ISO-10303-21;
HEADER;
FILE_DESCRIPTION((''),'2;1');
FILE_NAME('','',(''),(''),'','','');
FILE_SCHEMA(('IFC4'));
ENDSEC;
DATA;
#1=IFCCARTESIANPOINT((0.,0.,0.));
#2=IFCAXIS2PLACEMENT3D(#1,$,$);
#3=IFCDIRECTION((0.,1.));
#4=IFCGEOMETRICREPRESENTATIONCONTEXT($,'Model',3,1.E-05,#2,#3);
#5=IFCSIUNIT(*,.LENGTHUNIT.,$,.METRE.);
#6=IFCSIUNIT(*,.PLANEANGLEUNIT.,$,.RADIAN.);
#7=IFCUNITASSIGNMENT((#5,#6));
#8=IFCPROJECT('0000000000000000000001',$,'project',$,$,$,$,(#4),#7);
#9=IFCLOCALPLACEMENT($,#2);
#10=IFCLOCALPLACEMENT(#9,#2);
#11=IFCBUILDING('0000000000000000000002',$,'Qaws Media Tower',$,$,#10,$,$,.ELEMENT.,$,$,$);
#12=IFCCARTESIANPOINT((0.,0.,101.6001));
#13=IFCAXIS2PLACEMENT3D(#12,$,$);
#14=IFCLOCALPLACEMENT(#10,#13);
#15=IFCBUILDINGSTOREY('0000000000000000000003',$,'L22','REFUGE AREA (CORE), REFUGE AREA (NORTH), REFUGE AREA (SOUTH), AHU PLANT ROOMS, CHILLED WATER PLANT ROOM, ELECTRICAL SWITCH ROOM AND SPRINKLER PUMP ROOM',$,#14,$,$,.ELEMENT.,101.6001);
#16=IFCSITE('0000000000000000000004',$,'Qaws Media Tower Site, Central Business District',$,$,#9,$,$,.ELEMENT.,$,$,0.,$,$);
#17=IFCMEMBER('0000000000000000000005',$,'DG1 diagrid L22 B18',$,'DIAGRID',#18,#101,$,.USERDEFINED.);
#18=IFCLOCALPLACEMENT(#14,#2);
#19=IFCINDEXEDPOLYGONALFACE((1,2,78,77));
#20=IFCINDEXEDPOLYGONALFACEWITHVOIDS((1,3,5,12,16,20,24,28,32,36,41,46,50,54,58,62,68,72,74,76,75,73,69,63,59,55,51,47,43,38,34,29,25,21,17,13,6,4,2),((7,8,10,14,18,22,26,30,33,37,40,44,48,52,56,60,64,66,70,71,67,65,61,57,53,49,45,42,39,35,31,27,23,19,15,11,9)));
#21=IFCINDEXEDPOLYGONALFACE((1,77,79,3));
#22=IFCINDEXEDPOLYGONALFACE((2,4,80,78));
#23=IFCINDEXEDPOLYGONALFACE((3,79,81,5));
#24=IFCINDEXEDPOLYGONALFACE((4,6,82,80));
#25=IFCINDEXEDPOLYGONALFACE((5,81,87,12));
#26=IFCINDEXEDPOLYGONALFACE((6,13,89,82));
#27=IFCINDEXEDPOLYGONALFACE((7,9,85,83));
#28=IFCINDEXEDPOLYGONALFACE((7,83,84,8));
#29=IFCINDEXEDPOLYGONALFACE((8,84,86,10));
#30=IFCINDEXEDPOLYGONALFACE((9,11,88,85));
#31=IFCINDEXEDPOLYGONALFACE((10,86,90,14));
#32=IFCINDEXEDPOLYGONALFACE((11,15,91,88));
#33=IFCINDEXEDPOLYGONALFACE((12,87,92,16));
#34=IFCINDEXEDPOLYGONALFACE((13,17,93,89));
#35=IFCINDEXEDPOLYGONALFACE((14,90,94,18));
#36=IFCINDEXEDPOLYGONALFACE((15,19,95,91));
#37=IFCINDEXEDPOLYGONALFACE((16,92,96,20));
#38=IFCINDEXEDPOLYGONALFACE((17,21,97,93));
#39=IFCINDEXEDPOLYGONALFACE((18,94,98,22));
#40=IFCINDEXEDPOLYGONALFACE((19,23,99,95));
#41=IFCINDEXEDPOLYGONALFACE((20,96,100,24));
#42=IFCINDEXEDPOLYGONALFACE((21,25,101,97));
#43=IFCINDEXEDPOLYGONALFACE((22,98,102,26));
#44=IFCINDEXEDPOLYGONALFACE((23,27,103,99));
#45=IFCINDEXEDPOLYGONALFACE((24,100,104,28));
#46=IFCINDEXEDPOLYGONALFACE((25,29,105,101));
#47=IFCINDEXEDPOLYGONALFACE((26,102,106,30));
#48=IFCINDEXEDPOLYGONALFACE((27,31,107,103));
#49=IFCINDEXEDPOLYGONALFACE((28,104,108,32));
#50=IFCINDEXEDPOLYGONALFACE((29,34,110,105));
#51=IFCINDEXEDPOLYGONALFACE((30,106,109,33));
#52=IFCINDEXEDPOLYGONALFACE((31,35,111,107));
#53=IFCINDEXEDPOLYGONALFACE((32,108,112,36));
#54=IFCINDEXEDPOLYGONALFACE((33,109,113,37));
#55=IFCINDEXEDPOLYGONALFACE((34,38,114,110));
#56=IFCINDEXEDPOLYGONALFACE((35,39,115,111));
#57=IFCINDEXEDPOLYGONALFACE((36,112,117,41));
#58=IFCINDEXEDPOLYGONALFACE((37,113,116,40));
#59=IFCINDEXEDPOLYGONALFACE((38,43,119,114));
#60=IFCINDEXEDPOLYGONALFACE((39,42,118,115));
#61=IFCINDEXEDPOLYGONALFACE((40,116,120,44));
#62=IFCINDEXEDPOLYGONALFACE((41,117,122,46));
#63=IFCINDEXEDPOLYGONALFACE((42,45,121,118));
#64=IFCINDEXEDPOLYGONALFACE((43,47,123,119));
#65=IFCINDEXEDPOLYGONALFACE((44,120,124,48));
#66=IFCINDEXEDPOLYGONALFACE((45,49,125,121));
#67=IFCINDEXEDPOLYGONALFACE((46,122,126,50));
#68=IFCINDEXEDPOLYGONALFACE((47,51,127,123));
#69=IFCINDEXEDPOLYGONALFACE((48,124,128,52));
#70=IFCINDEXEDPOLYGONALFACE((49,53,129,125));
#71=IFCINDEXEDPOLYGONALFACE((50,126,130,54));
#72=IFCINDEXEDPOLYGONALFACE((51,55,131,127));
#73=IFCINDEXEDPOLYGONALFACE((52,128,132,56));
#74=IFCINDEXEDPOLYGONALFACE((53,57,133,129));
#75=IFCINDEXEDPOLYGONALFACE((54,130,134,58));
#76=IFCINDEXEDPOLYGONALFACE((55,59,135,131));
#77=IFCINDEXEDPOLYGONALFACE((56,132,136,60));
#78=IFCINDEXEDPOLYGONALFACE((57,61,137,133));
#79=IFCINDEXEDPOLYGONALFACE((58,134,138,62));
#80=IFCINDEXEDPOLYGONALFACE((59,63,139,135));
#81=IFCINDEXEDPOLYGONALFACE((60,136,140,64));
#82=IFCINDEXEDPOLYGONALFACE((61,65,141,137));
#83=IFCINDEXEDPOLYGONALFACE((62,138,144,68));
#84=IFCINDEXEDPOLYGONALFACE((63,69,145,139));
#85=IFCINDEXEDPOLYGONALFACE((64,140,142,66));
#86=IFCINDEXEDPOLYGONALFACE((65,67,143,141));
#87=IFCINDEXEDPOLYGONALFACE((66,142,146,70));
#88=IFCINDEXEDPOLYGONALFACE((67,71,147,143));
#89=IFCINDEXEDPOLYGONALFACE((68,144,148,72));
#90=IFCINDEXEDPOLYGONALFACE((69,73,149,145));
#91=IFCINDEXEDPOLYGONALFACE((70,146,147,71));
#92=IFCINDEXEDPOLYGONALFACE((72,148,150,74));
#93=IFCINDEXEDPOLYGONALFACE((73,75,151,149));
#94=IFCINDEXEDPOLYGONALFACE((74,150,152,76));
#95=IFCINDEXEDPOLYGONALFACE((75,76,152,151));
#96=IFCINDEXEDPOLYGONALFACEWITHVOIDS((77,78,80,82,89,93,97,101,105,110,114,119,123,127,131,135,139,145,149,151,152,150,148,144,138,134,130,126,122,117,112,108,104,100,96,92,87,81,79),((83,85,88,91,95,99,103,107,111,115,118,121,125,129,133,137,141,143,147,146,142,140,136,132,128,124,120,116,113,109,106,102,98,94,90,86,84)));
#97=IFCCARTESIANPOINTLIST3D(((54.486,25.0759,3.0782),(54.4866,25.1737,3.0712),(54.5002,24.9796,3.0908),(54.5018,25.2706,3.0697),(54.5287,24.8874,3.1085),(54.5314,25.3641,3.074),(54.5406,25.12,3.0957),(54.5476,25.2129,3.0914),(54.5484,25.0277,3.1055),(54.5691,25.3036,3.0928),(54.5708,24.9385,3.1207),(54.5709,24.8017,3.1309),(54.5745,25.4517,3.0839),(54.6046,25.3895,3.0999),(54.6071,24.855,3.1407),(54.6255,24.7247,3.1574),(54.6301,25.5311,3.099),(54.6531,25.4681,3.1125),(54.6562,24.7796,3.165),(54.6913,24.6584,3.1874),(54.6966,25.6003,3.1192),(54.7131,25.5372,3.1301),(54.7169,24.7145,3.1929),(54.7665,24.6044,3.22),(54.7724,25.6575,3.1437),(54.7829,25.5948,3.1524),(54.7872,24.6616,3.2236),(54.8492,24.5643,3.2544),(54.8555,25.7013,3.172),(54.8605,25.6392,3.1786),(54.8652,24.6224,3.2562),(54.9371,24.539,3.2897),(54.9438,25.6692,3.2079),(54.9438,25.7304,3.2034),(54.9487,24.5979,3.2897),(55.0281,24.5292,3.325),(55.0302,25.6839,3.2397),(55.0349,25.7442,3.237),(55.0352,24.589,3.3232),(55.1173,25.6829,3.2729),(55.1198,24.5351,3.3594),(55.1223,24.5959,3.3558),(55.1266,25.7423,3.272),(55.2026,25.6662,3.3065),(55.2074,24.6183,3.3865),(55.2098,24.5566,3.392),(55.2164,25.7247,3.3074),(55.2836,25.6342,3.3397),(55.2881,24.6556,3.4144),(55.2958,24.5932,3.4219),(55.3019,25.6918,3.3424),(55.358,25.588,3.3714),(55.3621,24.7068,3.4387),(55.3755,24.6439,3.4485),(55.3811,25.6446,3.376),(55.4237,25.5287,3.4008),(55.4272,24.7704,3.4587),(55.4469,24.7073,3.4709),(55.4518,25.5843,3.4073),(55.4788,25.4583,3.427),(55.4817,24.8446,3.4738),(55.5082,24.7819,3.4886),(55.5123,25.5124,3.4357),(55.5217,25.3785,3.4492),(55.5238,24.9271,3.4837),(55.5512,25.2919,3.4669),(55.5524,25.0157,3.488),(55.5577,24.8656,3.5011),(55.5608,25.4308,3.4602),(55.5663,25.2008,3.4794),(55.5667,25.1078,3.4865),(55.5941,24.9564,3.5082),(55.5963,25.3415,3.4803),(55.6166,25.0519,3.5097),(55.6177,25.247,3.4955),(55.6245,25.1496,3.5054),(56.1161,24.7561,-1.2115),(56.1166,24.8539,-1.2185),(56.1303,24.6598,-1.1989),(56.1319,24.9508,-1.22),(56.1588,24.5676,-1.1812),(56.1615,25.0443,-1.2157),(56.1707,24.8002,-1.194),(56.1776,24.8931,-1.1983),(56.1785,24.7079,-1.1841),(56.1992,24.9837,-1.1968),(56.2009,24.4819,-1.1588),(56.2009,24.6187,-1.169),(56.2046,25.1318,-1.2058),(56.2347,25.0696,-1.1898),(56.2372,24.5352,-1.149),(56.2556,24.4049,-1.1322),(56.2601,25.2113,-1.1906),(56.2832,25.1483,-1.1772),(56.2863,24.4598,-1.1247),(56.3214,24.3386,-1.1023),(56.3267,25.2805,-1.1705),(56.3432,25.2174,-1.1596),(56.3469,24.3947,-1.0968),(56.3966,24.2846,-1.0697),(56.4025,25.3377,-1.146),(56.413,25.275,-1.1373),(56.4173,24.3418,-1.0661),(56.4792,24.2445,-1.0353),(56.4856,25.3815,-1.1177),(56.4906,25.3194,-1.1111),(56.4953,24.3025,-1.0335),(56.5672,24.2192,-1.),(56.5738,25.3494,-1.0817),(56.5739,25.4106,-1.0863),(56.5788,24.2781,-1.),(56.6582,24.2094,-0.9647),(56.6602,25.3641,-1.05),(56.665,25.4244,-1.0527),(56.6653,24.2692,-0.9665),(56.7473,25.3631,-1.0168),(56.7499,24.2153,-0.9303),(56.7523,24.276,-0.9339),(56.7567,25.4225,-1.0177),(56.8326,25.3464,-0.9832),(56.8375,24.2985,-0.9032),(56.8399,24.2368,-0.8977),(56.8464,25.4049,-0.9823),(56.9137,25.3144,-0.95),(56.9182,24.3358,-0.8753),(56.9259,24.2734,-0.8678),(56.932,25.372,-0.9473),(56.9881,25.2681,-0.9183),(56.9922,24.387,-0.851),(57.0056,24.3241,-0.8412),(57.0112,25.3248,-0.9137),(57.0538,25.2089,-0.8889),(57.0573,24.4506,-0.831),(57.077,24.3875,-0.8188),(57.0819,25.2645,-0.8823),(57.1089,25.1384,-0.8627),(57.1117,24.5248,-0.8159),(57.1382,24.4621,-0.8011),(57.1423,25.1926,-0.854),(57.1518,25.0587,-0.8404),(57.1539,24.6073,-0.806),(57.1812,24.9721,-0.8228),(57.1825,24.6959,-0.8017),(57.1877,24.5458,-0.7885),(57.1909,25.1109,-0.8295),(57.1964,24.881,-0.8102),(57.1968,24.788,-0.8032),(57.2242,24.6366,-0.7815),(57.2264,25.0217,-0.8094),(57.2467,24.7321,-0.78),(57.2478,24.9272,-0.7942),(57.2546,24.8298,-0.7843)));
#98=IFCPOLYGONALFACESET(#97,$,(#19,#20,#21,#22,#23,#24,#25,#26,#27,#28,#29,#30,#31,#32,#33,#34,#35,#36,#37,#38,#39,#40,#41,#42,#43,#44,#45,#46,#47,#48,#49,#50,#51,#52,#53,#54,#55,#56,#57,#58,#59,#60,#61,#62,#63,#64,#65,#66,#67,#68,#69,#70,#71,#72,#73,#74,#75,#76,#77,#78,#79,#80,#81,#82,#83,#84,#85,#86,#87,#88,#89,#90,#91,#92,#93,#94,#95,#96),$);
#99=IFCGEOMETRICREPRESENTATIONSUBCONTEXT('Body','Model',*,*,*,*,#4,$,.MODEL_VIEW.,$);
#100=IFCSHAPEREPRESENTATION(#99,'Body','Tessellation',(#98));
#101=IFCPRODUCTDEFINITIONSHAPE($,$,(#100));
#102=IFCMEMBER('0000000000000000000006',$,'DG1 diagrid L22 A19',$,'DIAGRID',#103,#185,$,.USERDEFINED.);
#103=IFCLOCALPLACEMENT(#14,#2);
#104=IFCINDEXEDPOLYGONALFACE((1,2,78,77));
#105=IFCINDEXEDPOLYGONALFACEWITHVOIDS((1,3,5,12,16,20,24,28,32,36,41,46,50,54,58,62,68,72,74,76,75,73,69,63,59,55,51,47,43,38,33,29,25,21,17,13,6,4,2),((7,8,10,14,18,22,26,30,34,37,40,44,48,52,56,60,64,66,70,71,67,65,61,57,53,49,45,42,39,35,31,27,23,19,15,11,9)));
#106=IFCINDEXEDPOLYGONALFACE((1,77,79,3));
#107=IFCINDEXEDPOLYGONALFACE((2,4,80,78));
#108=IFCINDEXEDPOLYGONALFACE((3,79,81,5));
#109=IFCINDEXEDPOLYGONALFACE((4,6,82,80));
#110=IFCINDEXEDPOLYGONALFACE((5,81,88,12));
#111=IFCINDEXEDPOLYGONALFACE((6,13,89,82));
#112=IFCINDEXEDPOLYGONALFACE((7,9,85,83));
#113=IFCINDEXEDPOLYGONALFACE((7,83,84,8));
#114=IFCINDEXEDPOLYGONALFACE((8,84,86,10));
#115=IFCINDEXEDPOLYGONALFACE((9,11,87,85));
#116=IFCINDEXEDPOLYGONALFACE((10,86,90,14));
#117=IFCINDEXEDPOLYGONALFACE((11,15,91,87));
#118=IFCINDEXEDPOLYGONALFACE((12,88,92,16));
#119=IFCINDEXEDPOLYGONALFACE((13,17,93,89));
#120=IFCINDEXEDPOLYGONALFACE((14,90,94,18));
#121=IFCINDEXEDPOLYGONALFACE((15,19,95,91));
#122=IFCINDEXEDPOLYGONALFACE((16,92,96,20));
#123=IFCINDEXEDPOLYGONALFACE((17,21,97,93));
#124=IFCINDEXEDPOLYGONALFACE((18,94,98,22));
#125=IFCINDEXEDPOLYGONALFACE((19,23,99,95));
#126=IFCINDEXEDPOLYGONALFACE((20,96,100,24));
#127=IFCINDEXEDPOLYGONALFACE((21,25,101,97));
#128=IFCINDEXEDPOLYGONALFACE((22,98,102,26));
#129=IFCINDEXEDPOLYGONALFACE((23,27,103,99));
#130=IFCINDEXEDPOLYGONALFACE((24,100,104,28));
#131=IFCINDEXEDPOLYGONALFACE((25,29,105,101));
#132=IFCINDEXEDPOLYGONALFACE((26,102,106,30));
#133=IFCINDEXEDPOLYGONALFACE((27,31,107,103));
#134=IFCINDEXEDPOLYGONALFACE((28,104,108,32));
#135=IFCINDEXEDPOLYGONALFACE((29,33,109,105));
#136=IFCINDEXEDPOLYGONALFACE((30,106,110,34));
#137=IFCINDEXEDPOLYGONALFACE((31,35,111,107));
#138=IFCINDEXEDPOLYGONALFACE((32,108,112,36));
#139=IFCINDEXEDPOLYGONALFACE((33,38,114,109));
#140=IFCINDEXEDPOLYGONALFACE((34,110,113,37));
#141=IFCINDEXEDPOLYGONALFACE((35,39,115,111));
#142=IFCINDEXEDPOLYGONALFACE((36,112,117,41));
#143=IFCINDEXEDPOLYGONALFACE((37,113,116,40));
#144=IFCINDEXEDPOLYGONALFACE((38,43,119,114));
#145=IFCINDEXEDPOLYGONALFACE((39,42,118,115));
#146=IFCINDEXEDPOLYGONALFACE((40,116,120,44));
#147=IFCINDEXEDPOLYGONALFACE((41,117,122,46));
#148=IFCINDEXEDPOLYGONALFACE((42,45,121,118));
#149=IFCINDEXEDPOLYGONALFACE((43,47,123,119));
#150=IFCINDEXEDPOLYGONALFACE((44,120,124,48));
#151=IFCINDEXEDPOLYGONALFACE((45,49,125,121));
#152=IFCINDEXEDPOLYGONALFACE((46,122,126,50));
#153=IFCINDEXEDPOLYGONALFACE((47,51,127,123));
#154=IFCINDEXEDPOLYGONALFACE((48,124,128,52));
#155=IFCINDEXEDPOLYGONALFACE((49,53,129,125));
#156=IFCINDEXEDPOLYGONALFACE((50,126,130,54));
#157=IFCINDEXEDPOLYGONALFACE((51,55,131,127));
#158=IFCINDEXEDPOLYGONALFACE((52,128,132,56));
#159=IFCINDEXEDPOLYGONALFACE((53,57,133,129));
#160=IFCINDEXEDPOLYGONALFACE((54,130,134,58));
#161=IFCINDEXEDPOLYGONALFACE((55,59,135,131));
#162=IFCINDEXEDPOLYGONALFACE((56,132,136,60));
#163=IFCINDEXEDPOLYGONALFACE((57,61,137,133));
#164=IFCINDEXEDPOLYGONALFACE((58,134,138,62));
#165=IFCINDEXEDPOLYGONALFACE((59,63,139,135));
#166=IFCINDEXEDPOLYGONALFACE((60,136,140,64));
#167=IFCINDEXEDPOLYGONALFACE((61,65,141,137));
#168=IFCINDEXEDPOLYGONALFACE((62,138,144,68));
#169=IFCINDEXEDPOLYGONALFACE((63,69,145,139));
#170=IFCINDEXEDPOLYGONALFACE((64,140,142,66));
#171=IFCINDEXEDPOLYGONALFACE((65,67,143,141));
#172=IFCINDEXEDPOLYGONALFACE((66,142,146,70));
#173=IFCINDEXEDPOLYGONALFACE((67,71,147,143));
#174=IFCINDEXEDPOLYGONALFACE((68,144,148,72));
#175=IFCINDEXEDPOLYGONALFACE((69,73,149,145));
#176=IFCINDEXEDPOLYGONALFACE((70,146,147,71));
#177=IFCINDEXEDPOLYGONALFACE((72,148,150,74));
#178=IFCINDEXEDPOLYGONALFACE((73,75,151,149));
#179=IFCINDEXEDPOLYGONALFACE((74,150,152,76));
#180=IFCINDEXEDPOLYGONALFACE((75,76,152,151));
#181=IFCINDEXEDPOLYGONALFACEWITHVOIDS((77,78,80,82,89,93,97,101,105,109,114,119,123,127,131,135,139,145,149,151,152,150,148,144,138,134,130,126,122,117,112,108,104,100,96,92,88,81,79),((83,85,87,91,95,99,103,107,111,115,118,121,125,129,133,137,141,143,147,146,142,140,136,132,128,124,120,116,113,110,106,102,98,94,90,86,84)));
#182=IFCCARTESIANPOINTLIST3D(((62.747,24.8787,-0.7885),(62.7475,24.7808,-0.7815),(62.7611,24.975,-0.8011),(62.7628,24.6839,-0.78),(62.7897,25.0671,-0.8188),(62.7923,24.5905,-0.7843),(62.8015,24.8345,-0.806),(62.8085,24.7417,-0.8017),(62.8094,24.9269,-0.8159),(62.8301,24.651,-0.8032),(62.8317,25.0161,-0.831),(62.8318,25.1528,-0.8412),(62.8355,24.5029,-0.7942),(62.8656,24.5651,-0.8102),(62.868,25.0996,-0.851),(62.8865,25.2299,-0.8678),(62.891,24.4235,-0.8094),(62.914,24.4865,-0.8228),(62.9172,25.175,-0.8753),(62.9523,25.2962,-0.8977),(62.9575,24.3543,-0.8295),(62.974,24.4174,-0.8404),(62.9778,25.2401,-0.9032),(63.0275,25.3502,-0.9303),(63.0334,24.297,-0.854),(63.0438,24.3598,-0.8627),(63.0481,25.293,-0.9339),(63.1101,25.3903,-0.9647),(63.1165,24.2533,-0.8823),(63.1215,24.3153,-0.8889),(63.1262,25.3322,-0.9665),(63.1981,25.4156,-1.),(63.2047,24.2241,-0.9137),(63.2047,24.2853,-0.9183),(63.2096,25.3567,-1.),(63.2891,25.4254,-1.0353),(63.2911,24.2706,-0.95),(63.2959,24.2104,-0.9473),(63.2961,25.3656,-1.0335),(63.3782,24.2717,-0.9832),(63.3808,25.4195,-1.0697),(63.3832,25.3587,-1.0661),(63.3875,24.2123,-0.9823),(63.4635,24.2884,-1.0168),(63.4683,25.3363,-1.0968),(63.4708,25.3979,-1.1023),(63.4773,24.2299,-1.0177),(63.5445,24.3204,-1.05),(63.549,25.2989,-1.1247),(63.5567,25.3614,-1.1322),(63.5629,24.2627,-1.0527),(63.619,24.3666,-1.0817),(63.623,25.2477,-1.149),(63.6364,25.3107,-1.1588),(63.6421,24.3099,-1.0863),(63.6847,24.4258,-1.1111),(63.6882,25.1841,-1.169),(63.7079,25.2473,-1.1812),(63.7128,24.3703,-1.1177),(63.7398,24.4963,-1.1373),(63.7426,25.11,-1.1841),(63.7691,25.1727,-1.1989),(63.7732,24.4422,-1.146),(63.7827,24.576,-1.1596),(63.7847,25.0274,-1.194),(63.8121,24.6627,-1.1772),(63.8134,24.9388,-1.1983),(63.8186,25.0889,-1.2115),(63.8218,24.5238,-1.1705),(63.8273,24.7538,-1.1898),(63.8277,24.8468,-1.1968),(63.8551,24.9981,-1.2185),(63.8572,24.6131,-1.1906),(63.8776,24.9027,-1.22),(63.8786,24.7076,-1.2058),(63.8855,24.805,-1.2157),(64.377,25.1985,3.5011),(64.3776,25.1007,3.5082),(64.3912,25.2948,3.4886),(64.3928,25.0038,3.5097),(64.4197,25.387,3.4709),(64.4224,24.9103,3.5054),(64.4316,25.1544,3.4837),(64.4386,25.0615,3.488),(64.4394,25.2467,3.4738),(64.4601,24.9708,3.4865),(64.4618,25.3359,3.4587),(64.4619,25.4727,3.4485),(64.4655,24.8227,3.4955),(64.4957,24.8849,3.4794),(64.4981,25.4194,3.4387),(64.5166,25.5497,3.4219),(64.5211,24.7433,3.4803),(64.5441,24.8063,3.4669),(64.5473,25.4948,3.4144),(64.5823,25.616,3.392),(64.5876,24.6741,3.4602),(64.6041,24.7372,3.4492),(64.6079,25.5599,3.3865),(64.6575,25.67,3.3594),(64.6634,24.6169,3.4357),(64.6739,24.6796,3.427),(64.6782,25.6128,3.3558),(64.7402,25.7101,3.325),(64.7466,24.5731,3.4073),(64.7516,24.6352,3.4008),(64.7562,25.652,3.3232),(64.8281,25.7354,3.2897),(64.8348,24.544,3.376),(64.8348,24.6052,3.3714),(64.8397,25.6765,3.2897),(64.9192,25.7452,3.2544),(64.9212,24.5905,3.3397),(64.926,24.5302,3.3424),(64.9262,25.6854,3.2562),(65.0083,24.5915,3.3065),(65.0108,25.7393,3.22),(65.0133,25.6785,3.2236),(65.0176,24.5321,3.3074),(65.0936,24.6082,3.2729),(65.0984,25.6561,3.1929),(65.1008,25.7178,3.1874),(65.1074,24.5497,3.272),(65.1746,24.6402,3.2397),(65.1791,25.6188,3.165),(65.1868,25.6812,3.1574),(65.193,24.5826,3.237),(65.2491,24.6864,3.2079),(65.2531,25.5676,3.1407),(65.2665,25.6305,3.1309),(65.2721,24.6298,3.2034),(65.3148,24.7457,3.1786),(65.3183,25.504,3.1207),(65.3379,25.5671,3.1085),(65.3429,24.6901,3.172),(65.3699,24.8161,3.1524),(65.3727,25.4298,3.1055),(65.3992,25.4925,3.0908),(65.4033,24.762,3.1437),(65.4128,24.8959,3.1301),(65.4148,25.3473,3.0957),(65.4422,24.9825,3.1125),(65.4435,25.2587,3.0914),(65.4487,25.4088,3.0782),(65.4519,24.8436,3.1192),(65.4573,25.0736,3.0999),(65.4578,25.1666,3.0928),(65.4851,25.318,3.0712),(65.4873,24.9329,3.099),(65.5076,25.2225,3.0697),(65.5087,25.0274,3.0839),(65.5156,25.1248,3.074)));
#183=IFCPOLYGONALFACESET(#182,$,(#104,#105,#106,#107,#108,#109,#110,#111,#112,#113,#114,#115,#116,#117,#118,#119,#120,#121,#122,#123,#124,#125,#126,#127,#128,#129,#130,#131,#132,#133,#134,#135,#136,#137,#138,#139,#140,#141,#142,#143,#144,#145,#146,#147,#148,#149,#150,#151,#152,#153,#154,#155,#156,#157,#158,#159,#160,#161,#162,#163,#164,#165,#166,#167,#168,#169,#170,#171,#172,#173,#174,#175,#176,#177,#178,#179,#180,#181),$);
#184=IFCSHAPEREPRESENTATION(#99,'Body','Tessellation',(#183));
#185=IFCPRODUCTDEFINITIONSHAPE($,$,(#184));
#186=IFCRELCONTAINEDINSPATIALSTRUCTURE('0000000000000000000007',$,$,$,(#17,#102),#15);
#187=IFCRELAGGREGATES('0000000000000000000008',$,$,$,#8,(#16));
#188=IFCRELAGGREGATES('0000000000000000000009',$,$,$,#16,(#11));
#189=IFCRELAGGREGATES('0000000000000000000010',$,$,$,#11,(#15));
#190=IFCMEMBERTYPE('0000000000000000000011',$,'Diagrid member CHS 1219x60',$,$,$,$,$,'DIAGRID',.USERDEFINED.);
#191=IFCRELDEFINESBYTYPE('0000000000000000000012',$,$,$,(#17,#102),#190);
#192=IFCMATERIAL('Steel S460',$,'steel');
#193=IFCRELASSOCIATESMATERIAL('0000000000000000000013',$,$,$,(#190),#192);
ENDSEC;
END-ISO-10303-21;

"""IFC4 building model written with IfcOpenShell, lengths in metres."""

from ifc_helpers import new_model, si_unit, direction, frame, origin, origin_2d, place, context, subcontext, project, spatial, hollow_circle, extrude, material, material_profile, profile_set, type_object, element, save


model = new_model("IFC4")

# Units and contexts
model_context = context("Model", 3, precision=1e-05, world=origin(), true_north=direction((0.0, 1.0)))
body_context = subcontext(model_context, "Body", "Model", "MODEL_VIEW")
ifc_project = project(units=[si_unit("LENGTHUNIT", "METRE"), si_unit("PLANEANGLEUNIT", "RADIAN")], contexts=[model_context])

# Site, building, storey
site_placement = place(None, origin())
site = spatial("IfcSite", under=ifc_project, at=site_placement, Name="Qaws Media Tower Site, Central Business District", CompositionType="ELEMENT", RefElevation=0.0)
building_placement = place(site_placement, origin())
building = spatial("IfcBuilding", under=site, at=building_placement, Name="Qaws Media Tower", CompositionType="ELEMENT")
storey_placement = place(building_placement, frame((0.0, 0.0, 101.6001)))
storey = spatial("IfcBuildingStorey", under=building, at=storey_placement, Name="L22", Description="REFUGE AREA (CORE), REFUGE AREA (NORTH), REFUGE AREA (SOUTH), AHU PLANT ROOMS, CHILLED WATER PLANT ROOM, ELECTRICAL SWITCH ROOM AND SPRINKLER PUMP ROOM", CompositionType="ELEMENT", Elevation=101.6001)

# Members
ifc_material_1 = material(Name="Steel S460", Category="steel")
ifc_material_profile_1 = material_profile(ifc_material_1, hollow_circle(Radius=0.6096, WallThickness=0.0601, at=origin_2d()), Name="CHS 1219x60")
ifc_profile_set_1 = profile_set([ifc_material_profile_1], Name="Steel S460")
member_type_1 = type_object("IfcMemberType", Name="Diagrid member CHS 1219x60", ElementType="DIAGRID", PredefinedType="USERDEFINED", material=ifc_profile_set_1)
for number, where, z_axis, x_axis, name in (
    (1, (56.6846, 24.8174, -1.0), (-0.354359, 0.069524, 0.932521), (-0.192525, -0.981292, 0.0), "DG1 diagrid L22 B18"),
    (2, (63.3154, 24.8174, -1.0), (0.354359, 0.069524, 0.932521), (-0.192525, 0.981292, 0.0), "DG1 diagrid L22 A19"),
):
    element("IfcMember", number, at=place(storey_placement, frame(where, z_axis=z_axis, x_axis=x_axis)), inside=storey, type_object=member_type_1, Name=name, ObjectType="DIAGRID", PredefinedType="USERDEFINED", context=body_context, shape_type="SweptSolid", body=[
        extrude(hollow_circle(Radius=0.6096, WallThickness=0.0601, at=origin_2d()), origin(), (0.0, 0.0, 1.0), 4.6001),
    ])

save(model, "model.ifc")
